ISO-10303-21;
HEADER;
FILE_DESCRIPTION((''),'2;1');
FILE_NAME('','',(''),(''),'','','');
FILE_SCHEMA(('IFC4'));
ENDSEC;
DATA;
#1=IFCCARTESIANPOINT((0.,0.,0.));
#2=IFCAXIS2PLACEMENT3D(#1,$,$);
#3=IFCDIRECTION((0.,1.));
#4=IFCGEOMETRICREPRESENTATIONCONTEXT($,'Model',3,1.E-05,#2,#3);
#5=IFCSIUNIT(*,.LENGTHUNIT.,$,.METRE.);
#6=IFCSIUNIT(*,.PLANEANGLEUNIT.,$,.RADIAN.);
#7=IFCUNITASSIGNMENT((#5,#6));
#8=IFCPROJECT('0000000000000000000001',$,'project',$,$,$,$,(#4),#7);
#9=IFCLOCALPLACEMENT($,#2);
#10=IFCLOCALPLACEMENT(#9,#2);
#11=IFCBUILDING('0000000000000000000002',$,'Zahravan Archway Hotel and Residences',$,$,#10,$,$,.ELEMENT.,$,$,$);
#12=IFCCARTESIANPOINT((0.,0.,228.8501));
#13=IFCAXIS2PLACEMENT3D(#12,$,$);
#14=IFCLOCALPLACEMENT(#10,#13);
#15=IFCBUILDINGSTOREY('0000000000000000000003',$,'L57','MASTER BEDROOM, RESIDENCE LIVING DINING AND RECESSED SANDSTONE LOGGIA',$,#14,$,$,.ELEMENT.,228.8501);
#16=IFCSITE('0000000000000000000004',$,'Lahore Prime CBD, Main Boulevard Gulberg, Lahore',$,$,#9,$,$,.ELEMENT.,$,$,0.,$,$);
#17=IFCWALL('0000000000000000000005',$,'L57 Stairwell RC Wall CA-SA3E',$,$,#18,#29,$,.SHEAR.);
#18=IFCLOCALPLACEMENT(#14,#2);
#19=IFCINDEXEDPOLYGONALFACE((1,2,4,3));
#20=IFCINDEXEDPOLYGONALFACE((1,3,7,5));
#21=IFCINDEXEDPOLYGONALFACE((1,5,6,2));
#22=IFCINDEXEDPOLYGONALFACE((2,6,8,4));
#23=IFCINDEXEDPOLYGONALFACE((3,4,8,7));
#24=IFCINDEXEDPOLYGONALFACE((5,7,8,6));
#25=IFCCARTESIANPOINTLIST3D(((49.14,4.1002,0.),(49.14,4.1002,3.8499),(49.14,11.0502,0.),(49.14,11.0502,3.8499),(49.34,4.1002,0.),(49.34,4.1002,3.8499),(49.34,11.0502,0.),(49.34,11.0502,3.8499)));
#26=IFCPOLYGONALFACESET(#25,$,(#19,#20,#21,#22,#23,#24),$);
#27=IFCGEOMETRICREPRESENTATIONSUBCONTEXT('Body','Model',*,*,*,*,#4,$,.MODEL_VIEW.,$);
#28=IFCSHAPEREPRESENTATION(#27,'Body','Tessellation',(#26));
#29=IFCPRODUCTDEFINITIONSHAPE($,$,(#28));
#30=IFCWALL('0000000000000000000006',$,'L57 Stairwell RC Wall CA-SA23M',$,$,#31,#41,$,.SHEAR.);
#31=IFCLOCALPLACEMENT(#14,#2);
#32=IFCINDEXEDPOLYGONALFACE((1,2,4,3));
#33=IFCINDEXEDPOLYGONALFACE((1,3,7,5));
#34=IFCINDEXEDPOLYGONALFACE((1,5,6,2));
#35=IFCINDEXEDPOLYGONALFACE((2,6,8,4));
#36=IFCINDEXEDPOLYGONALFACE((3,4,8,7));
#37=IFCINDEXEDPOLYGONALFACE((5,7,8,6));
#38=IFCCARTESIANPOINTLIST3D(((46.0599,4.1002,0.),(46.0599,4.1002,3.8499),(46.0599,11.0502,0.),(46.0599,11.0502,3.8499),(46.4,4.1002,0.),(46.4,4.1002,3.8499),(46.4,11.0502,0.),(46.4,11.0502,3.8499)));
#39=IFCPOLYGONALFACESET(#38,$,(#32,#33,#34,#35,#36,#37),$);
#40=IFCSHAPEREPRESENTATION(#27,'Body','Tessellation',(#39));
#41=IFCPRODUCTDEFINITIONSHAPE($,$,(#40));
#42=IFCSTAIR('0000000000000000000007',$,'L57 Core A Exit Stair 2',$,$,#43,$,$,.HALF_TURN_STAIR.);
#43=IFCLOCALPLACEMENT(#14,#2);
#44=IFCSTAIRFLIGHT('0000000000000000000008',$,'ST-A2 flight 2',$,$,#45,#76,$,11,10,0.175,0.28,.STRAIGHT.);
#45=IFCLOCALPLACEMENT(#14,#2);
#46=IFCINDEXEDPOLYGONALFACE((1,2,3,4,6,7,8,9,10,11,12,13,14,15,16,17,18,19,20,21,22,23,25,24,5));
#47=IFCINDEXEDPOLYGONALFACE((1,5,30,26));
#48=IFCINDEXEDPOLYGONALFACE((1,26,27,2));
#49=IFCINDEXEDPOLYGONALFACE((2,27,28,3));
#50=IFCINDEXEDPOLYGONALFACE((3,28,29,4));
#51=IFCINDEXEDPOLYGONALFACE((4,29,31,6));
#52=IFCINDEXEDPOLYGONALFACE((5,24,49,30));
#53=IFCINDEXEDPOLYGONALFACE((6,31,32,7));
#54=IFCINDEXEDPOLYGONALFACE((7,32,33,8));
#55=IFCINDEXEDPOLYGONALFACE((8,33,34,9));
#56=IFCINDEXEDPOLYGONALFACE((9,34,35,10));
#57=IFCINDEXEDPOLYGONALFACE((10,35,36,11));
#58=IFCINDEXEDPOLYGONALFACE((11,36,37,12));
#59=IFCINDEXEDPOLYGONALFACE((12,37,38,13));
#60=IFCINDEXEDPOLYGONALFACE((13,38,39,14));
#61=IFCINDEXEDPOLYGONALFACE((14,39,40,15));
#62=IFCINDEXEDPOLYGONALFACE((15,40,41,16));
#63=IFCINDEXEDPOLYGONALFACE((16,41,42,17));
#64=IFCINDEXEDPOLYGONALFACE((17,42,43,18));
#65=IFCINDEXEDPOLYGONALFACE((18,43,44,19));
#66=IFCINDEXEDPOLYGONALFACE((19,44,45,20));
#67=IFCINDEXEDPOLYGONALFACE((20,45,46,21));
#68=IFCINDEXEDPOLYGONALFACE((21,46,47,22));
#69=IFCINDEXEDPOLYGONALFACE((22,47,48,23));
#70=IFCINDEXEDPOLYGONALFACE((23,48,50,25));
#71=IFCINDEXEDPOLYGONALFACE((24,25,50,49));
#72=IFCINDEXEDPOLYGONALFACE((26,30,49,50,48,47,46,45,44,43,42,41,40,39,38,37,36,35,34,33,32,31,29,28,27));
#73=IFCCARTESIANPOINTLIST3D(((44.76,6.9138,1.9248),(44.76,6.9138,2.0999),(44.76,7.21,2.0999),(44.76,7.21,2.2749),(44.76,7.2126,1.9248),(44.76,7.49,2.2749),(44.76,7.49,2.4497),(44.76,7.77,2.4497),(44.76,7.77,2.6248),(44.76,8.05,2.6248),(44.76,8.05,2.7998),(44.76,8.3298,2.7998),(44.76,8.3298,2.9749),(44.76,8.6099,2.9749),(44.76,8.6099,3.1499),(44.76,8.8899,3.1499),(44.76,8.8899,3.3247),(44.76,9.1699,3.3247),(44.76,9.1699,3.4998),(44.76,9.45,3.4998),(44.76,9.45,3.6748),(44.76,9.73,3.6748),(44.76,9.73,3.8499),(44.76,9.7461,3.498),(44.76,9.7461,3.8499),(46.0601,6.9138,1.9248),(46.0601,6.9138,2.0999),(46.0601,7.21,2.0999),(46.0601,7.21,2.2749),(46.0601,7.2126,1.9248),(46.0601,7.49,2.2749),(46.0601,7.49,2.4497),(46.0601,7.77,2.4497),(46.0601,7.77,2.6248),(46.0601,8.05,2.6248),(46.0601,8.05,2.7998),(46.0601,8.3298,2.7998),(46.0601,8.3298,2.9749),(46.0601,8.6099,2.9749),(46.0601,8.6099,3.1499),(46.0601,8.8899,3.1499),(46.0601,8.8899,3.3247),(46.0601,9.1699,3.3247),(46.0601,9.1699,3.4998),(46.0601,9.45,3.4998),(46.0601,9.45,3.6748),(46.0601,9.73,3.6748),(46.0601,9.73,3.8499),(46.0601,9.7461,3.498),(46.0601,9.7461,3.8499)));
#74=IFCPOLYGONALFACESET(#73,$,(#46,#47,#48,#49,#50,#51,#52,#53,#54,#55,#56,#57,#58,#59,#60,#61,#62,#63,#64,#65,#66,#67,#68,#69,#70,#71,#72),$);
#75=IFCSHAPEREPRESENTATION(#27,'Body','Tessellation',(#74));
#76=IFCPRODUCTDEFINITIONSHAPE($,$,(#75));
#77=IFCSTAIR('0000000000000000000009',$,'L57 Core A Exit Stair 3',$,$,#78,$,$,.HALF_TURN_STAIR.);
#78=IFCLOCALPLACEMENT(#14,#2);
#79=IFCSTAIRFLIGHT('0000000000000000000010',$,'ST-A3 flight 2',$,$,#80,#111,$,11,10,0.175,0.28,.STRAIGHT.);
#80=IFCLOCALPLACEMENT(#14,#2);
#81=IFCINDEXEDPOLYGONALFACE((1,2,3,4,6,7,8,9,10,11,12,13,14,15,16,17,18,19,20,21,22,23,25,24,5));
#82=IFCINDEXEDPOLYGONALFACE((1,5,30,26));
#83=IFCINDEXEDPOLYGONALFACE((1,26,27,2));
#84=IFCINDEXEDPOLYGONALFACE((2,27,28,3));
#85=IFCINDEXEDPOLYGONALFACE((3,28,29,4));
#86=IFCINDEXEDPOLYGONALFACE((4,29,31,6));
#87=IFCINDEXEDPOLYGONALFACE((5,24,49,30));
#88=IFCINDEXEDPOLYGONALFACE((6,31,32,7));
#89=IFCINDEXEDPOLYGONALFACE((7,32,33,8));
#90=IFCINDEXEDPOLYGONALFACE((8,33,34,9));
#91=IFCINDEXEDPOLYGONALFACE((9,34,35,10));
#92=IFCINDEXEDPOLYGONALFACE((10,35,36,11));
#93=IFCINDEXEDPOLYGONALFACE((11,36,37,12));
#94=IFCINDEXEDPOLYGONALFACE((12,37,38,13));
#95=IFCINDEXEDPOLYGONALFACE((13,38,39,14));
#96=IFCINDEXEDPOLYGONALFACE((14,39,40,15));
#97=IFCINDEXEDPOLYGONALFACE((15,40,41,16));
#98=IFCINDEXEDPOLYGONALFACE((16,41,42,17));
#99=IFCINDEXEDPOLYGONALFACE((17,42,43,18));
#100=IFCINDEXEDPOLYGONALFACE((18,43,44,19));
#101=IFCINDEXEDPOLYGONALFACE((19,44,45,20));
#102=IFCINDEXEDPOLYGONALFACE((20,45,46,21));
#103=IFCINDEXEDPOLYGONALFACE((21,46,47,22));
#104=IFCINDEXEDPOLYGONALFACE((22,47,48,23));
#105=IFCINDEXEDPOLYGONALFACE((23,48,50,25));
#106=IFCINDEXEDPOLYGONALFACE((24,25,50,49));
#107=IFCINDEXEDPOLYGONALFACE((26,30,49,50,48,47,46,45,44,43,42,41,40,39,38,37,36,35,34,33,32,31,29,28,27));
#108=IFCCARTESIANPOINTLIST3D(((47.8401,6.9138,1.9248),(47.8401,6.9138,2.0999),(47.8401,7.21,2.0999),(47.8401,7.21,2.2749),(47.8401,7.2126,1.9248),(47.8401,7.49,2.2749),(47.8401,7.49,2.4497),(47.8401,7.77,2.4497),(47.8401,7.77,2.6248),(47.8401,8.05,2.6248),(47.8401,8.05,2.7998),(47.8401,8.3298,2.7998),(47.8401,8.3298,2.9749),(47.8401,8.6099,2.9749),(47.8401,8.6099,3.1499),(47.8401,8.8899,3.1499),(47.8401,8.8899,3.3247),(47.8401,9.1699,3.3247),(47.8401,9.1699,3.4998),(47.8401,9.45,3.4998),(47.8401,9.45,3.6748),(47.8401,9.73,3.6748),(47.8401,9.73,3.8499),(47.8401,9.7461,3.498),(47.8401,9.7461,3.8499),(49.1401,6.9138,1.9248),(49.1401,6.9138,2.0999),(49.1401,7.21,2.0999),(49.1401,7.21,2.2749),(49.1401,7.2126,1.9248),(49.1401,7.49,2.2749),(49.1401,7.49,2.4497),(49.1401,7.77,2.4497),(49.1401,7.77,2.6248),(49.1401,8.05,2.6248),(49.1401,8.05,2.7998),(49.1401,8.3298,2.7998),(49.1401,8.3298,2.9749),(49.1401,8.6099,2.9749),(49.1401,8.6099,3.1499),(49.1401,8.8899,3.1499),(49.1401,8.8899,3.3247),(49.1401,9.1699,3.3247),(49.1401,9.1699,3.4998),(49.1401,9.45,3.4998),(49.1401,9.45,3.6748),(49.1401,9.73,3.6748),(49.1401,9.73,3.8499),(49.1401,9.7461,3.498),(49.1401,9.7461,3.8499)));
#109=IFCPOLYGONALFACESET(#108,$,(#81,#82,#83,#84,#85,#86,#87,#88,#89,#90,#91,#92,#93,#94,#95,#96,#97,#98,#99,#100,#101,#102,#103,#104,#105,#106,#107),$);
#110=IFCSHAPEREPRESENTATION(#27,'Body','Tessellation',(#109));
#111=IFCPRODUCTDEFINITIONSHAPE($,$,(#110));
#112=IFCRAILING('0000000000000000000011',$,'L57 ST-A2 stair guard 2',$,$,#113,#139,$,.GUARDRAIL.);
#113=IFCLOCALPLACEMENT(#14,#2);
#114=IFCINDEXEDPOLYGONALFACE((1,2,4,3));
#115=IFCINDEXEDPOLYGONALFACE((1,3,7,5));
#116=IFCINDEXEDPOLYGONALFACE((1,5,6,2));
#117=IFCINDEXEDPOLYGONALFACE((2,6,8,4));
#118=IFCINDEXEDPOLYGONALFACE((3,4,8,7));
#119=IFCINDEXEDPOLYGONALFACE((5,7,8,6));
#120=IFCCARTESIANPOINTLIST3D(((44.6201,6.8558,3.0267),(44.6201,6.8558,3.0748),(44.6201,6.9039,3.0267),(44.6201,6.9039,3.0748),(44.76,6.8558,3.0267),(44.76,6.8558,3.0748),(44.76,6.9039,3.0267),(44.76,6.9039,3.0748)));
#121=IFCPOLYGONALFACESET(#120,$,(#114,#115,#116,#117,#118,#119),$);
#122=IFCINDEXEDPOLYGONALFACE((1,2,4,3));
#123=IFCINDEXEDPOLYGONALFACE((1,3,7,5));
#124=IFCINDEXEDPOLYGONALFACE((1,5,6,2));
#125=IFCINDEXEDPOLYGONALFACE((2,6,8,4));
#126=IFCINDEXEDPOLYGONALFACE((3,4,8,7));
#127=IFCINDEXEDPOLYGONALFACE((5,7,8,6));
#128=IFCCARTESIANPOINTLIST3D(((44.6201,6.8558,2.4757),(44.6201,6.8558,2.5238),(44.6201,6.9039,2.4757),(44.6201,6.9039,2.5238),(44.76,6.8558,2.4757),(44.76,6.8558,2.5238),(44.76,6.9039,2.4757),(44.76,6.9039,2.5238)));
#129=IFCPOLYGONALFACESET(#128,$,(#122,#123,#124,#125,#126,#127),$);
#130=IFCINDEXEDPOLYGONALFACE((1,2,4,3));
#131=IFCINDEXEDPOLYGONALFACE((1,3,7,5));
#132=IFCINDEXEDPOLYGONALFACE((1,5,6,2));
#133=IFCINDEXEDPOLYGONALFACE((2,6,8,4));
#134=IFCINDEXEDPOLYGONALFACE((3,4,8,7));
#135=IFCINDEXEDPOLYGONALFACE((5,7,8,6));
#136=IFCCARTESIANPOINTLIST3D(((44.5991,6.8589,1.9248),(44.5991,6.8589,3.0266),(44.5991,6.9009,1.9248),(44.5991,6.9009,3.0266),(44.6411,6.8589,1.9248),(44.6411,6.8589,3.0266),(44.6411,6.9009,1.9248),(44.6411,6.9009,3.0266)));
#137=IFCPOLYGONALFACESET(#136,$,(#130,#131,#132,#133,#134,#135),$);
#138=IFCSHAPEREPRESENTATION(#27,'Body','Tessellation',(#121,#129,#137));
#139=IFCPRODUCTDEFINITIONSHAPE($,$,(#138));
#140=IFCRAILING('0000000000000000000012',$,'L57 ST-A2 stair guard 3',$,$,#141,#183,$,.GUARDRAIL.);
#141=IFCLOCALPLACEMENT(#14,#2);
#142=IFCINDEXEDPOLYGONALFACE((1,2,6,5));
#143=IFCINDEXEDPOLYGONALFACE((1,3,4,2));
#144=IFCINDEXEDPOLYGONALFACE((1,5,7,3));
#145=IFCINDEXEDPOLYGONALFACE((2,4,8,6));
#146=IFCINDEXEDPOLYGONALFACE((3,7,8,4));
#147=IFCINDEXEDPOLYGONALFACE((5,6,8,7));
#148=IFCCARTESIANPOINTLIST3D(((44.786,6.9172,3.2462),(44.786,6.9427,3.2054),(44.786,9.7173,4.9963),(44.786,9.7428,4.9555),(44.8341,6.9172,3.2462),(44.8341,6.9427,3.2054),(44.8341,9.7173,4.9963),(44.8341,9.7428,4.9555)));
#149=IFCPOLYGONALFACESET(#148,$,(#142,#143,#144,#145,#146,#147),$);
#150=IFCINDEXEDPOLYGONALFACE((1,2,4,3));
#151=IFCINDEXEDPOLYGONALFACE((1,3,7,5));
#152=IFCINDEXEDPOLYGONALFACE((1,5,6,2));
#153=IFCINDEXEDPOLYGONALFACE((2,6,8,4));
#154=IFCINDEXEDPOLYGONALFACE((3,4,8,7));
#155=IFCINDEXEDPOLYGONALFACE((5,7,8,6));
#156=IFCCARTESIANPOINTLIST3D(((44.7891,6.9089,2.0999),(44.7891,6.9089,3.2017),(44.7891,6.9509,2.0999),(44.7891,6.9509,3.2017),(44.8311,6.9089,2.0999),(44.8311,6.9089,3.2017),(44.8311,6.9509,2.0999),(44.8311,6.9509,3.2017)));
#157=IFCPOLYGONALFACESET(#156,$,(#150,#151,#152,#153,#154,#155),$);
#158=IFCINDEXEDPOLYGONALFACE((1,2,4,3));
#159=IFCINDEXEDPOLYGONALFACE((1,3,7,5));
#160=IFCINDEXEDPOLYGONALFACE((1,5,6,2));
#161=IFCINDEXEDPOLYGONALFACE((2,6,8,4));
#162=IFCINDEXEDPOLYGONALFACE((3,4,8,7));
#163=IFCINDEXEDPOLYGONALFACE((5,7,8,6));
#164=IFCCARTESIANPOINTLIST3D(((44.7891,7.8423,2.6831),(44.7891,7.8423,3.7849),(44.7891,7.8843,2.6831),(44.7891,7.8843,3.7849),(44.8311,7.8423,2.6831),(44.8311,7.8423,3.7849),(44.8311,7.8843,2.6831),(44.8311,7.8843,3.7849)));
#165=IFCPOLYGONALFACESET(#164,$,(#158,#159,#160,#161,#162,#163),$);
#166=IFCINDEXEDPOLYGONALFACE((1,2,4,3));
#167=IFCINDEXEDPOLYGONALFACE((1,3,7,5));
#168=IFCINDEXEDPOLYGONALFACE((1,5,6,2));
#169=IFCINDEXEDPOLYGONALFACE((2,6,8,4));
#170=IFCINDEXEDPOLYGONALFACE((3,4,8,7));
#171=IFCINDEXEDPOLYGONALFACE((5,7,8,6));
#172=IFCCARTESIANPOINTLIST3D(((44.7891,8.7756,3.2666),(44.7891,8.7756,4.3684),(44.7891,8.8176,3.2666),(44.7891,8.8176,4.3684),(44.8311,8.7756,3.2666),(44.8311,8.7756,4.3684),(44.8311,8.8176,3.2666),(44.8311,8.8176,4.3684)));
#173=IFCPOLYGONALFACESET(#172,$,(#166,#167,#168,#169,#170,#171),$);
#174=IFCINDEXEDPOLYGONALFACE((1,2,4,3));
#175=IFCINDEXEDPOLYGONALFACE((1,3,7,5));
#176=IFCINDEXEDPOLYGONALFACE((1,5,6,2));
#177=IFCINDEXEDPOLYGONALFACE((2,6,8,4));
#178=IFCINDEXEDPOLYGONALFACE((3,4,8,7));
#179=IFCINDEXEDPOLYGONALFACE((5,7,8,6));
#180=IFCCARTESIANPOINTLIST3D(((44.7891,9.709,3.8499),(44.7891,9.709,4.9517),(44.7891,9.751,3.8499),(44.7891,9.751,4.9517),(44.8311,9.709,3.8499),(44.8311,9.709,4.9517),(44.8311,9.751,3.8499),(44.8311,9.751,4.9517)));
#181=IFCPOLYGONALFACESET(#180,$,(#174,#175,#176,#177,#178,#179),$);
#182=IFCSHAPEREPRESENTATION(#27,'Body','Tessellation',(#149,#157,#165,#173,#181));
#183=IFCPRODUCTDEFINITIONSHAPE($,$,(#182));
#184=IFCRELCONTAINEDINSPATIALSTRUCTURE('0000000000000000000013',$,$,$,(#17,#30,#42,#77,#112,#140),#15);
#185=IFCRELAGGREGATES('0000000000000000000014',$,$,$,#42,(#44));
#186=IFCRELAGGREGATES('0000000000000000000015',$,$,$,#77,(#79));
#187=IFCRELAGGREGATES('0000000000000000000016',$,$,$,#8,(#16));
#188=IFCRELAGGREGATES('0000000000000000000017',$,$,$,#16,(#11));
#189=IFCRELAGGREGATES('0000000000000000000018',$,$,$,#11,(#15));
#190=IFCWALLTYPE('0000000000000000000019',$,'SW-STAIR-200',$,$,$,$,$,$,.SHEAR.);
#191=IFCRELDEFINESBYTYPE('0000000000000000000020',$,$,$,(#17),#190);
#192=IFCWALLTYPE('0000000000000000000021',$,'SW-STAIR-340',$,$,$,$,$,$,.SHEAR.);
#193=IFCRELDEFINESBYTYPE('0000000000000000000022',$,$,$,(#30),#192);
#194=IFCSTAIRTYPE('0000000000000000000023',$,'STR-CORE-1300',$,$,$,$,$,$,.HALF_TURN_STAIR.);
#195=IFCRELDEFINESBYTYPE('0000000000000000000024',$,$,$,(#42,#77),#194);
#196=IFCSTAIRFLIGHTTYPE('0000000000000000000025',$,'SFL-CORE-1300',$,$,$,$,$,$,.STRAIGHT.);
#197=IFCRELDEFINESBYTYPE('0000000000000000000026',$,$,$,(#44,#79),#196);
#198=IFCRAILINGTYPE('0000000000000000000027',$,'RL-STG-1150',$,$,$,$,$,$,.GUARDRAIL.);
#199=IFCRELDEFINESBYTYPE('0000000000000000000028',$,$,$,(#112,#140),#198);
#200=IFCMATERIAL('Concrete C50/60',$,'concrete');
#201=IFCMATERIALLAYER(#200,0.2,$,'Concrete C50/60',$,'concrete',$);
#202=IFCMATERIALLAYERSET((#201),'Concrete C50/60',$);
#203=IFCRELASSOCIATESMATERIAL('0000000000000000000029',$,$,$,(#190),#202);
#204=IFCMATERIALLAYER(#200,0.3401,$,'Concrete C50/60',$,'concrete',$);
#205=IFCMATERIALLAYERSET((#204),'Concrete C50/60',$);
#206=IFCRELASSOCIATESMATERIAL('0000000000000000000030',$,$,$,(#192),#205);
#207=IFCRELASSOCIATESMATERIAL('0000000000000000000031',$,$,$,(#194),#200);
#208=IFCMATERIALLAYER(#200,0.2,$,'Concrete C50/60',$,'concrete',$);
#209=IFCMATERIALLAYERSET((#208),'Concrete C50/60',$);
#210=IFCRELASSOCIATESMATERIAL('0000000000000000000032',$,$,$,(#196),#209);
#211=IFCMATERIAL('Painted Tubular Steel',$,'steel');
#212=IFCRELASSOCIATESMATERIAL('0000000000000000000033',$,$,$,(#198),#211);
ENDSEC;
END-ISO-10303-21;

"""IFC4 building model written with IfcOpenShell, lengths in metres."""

from ifc_helpers import new_model, si_unit, direction, frame, frame_2d, origin, origin_2d, place, context, subcontext, project, spatial, polyline, rectangle, outline, extrude, source, transform, mapped, material, layer, layer_set, type_object, element, aggregate, save


model = new_model("IFC4")

# Units and contexts
model_context = context("Model", 3, precision=1e-05, world=origin(), true_north=direction((0.0, 1.0)))
body_context = subcontext(model_context, "Body", "Model", "MODEL_VIEW")
ifc_project = project(units=[si_unit("LENGTHUNIT", "METRE"), si_unit("PLANEANGLEUNIT", "RADIAN")], contexts=[model_context])

# Site, building, storey
site_placement = place(None, origin())
site = spatial("IfcSite", under=ifc_project, at=site_placement, Name="Lahore Prime CBD, Main Boulevard Gulberg, Lahore", CompositionType="ELEMENT", RefElevation=0.0)
building_placement = place(site_placement, origin())
building = spatial("IfcBuilding", under=site, at=building_placement, Name="Zahravan Archway Hotel and Residences", CompositionType="ELEMENT")
storey_placement = place(building_placement, frame((0.0, 0.0, 228.8501)))
storey = spatial("IfcBuildingStorey", under=building, at=storey_placement, Name="L57", Description="MASTER BEDROOM, RESIDENCE LIVING DINING AND RECESSED SANDSTONE LOGGIA", CompositionType="ELEMENT", Elevation=228.8501)

# Shared definitions
ifc_material_1 = material(Name="Concrete C50/60", Category="concrete")

# Walls
ifc_layer_1 = layer(ifc_material_1, 0.2, Name="Concrete C50/60", Category="concrete")
ifc_layer_set_1 = layer_set([ifc_layer_1], Name="Concrete C50/60")
wall_type_1 = type_object("IfcWallType", Name="SW-STAIR-200", PredefinedType="SHEAR", material=ifc_layer_set_1)
for number, where, z_axis, x_axis, name in (
    (1, (49.24, 4.1001, 0.0), (0.0, 0.0, 1.0), (0.0, 1.0, 0.0), "L57 Stairwell RC Wall CA-SA3E"),
):
    element("IfcWall", number, at=place(storey_placement, frame(where, z_axis=z_axis, x_axis=x_axis)), inside=storey, type_object=wall_type_1, Name=name, PredefinedType="SHEAR", context=body_context, shape_type="SweptSolid", body=[
        extrude(rectangle(XDim=6.95, YDim=0.2, at=frame_2d((3.4751, 0.0))), origin(), (0.0, 0.0, 1.0), 3.8499),
    ])
ifc_layer_2 = layer(ifc_material_1, 0.3401, Name="Concrete C50/60", Category="concrete")
ifc_layer_set_2 = layer_set([ifc_layer_2], Name="Concrete C50/60")
wall_type_2 = type_object("IfcWallType", Name="SW-STAIR-340", PredefinedType="SHEAR", material=ifc_layer_set_2)
wall_1_placement = place(storey_placement, frame((46.23, 4.1001, 0.0), z_axis=(0.0, 0.0, 1.0), x_axis=(0.0, 1.0, 0.0)))
element("IfcWall", 2, at=wall_1_placement, inside=storey, type_object=wall_type_2, Name="L57 Stairwell RC Wall CA-SA23M", PredefinedType="SHEAR", context=body_context, shape_type="SweptSolid", body=[
    extrude(rectangle(XDim=6.95, YDim=0.3401, at=frame_2d((3.4751, 0.0))), origin(), (0.0, 0.0, 1.0), 3.8499),
])

# Stairs, stair flights
stair_type = type_object("IfcStairType", Name="STR-CORE-1300", PredefinedType="HALF_TURN_STAIR", material=ifc_material_1)
stair_1_placement = place(storey_placement, origin())
stair_1 = element("IfcStair", 3, at=stair_1_placement, inside=storey, type_object=stair_type, Name="L57 Core A Exit Stair 2", PredefinedType="HALF_TURN_STAIR")
ifc_layer_3 = layer(ifc_material_1, 0.2, Name="Concrete C50/60", Category="concrete")
ifc_layer_set_3 = layer_set([ifc_layer_3], Name="Concrete C50/60")
stair_flight_type = type_object("IfcStairFlightType", Name="SFL-CORE-1300", PredefinedType="STRAIGHT", material=ifc_layer_set_3)
shared_shape_1 = source(origin(), body_context, "Body", "SweptSolid", [
    extrude(outline(polyline([(-0.0161, 0.0), (-0.0161, 0.175), (0.28, 0.175), (0.28, 0.3501), (0.5601, 0.3501), (0.5601, 0.5249), (0.8401, 0.5249), (0.8401, 0.7), (1.1201, 0.7), (1.1201, 0.875), (1.3999, 0.875), (1.3999, 1.05), (1.6799, 1.05), (1.6799, 1.2251), (1.96, 1.2251), (1.96, 1.3999), (2.24, 1.3999), (2.24, 1.575), (2.52, 1.575), (2.52, 1.75), (2.8, 1.75), (2.8, 1.925), (2.8162, 1.925), (2.8162, 1.5732), (0.2827, 0.0), (-0.0161, 0.0)])), frame((0.0, 0.6499, 0.0), z_axis=(0.0, -1.0, 0.0), x_axis=(1.0, 0.0, 0.0)), (0.0, 0.0, 1.0), 1.3),
])
stair_flight_1_placement = place(storey_placement, frame((45.4099, 6.9299, 1.9248), z_axis=(0.0, 0.0, 1.0), x_axis=(0.0, 1.0, 0.0)))
stair_flight_1 = element("IfcStairFlight", 4, at=stair_flight_1_placement, type_object=stair_flight_type, Name="ST-A2 flight 2", NumberOfRisers=11, NumberOfTreads=10, PredefinedType="STRAIGHT", RiserHeight=0.175, TreadLength=0.28, context=body_context, shape_type="MappedRepresentation", body=[
    mapped(shared_shape_1, transform((0.0, 0.0, 0.0), scale=1.0)),
])
aggregate(stair_1, [stair_flight_1])
stair_2_placement = place(storey_placement, origin())
stair_2 = element("IfcStair", 5, at=stair_2_placement, inside=storey, type_object=stair_type, Name="L57 Core A Exit Stair 3", PredefinedType="HALF_TURN_STAIR")
stair_flight_2_placement = place(storey_placement, frame((48.49, 6.9299, 1.9248), z_axis=(0.0, 0.0, 1.0), x_axis=(0.0, 1.0, 0.0)))
stair_flight_2 = element("IfcStairFlight", 6, at=stair_flight_2_placement, type_object=stair_flight_type, Name="ST-A3 flight 2", NumberOfRisers=11, NumberOfTreads=10, PredefinedType="STRAIGHT", RiserHeight=0.175, TreadLength=0.28, context=body_context, shape_type="MappedRepresentation", body=[
    mapped(shared_shape_1, transform((0.0, 0.0, 0.0), scale=1.0)),
])
aggregate(stair_2, [stair_flight_2])

# Railings
ifc_material_2 = material(Name="Painted Tubular Steel", Category="steel")
railing_type_1 = type_object("IfcRailingType", Name="RL-STG-1150", PredefinedType="GUARDRAIL", material=ifc_material_2)
railing_1_placement = place(storey_placement, frame((44.6201, 6.8799, 1.9248)))
element("IfcRailing", 7, at=railing_1_placement, inside=storey, type_object=railing_type_1, Name="L57 ST-A2 stair guard 2", PredefinedType="GUARDRAIL", context=body_context, shape_type="SweptSolid", body=[
    extrude(rectangle(XDim=0.0481, YDim=0.0481, at=origin_2d()), frame((0.0, 0.0, 1.126), z_axis=(1.0, 0.0, 0.0), x_axis=(0.0, 1.0, 0.0)), (0.0, 0.0, 1.0), 0.1399),
    extrude(rectangle(XDim=0.0481, YDim=0.0481, at=origin_2d()), frame((0.0, 0.0, 0.575), z_axis=(1.0, 0.0, 0.0), x_axis=(0.0, 1.0, 0.0)), (0.0, 0.0, 1.0), 0.1399),
    extrude(rectangle(XDim=0.042, YDim=0.042, at=origin_2d()), origin(), (0.0, 0.0, 1.0), 1.1018),
])
railing_2_placement = place(storey_placement, frame((44.8101, 6.9299, 2.0999)))
element("IfcRailing", 8, at=railing_2_placement, inside=storey, type_object=railing_type_1, Name="L57 ST-A2 stair guard 3", PredefinedType="GUARDRAIL", context=body_context, shape_type="SweptSolid", body=[
    extrude(rectangle(XDim=0.0481, YDim=0.0481, at=origin_2d()), frame((0.0, 0.0, 1.126), z_axis=(0.0, 0.848002, 0.529992), x_axis=(-1.0, 0.0, 0.0)), (0.0, 0.0, 1.0), 3.302),
    extrude(rectangle(XDim=0.042, YDim=0.042, at=origin_2d()), origin(), (0.0, 0.0, 1.0), 1.1018),
    extrude(rectangle(XDim=0.042, YDim=0.042, at=origin_2d()), frame((0.0, 0.9333, 0.5833)), (0.0, 0.0, 1.0), 1.1018),
    extrude(rectangle(XDim=0.042, YDim=0.042, at=origin_2d()), frame((0.0, 1.8667, 1.1667)), (0.0, 0.0, 1.0), 1.1018),
    extrude(rectangle(XDim=0.042, YDim=0.042, at=origin_2d()), frame((0.0, 2.8, 1.75)), (0.0, 0.0, 1.0), 1.1018),
])

save(model, "model.ifc")
